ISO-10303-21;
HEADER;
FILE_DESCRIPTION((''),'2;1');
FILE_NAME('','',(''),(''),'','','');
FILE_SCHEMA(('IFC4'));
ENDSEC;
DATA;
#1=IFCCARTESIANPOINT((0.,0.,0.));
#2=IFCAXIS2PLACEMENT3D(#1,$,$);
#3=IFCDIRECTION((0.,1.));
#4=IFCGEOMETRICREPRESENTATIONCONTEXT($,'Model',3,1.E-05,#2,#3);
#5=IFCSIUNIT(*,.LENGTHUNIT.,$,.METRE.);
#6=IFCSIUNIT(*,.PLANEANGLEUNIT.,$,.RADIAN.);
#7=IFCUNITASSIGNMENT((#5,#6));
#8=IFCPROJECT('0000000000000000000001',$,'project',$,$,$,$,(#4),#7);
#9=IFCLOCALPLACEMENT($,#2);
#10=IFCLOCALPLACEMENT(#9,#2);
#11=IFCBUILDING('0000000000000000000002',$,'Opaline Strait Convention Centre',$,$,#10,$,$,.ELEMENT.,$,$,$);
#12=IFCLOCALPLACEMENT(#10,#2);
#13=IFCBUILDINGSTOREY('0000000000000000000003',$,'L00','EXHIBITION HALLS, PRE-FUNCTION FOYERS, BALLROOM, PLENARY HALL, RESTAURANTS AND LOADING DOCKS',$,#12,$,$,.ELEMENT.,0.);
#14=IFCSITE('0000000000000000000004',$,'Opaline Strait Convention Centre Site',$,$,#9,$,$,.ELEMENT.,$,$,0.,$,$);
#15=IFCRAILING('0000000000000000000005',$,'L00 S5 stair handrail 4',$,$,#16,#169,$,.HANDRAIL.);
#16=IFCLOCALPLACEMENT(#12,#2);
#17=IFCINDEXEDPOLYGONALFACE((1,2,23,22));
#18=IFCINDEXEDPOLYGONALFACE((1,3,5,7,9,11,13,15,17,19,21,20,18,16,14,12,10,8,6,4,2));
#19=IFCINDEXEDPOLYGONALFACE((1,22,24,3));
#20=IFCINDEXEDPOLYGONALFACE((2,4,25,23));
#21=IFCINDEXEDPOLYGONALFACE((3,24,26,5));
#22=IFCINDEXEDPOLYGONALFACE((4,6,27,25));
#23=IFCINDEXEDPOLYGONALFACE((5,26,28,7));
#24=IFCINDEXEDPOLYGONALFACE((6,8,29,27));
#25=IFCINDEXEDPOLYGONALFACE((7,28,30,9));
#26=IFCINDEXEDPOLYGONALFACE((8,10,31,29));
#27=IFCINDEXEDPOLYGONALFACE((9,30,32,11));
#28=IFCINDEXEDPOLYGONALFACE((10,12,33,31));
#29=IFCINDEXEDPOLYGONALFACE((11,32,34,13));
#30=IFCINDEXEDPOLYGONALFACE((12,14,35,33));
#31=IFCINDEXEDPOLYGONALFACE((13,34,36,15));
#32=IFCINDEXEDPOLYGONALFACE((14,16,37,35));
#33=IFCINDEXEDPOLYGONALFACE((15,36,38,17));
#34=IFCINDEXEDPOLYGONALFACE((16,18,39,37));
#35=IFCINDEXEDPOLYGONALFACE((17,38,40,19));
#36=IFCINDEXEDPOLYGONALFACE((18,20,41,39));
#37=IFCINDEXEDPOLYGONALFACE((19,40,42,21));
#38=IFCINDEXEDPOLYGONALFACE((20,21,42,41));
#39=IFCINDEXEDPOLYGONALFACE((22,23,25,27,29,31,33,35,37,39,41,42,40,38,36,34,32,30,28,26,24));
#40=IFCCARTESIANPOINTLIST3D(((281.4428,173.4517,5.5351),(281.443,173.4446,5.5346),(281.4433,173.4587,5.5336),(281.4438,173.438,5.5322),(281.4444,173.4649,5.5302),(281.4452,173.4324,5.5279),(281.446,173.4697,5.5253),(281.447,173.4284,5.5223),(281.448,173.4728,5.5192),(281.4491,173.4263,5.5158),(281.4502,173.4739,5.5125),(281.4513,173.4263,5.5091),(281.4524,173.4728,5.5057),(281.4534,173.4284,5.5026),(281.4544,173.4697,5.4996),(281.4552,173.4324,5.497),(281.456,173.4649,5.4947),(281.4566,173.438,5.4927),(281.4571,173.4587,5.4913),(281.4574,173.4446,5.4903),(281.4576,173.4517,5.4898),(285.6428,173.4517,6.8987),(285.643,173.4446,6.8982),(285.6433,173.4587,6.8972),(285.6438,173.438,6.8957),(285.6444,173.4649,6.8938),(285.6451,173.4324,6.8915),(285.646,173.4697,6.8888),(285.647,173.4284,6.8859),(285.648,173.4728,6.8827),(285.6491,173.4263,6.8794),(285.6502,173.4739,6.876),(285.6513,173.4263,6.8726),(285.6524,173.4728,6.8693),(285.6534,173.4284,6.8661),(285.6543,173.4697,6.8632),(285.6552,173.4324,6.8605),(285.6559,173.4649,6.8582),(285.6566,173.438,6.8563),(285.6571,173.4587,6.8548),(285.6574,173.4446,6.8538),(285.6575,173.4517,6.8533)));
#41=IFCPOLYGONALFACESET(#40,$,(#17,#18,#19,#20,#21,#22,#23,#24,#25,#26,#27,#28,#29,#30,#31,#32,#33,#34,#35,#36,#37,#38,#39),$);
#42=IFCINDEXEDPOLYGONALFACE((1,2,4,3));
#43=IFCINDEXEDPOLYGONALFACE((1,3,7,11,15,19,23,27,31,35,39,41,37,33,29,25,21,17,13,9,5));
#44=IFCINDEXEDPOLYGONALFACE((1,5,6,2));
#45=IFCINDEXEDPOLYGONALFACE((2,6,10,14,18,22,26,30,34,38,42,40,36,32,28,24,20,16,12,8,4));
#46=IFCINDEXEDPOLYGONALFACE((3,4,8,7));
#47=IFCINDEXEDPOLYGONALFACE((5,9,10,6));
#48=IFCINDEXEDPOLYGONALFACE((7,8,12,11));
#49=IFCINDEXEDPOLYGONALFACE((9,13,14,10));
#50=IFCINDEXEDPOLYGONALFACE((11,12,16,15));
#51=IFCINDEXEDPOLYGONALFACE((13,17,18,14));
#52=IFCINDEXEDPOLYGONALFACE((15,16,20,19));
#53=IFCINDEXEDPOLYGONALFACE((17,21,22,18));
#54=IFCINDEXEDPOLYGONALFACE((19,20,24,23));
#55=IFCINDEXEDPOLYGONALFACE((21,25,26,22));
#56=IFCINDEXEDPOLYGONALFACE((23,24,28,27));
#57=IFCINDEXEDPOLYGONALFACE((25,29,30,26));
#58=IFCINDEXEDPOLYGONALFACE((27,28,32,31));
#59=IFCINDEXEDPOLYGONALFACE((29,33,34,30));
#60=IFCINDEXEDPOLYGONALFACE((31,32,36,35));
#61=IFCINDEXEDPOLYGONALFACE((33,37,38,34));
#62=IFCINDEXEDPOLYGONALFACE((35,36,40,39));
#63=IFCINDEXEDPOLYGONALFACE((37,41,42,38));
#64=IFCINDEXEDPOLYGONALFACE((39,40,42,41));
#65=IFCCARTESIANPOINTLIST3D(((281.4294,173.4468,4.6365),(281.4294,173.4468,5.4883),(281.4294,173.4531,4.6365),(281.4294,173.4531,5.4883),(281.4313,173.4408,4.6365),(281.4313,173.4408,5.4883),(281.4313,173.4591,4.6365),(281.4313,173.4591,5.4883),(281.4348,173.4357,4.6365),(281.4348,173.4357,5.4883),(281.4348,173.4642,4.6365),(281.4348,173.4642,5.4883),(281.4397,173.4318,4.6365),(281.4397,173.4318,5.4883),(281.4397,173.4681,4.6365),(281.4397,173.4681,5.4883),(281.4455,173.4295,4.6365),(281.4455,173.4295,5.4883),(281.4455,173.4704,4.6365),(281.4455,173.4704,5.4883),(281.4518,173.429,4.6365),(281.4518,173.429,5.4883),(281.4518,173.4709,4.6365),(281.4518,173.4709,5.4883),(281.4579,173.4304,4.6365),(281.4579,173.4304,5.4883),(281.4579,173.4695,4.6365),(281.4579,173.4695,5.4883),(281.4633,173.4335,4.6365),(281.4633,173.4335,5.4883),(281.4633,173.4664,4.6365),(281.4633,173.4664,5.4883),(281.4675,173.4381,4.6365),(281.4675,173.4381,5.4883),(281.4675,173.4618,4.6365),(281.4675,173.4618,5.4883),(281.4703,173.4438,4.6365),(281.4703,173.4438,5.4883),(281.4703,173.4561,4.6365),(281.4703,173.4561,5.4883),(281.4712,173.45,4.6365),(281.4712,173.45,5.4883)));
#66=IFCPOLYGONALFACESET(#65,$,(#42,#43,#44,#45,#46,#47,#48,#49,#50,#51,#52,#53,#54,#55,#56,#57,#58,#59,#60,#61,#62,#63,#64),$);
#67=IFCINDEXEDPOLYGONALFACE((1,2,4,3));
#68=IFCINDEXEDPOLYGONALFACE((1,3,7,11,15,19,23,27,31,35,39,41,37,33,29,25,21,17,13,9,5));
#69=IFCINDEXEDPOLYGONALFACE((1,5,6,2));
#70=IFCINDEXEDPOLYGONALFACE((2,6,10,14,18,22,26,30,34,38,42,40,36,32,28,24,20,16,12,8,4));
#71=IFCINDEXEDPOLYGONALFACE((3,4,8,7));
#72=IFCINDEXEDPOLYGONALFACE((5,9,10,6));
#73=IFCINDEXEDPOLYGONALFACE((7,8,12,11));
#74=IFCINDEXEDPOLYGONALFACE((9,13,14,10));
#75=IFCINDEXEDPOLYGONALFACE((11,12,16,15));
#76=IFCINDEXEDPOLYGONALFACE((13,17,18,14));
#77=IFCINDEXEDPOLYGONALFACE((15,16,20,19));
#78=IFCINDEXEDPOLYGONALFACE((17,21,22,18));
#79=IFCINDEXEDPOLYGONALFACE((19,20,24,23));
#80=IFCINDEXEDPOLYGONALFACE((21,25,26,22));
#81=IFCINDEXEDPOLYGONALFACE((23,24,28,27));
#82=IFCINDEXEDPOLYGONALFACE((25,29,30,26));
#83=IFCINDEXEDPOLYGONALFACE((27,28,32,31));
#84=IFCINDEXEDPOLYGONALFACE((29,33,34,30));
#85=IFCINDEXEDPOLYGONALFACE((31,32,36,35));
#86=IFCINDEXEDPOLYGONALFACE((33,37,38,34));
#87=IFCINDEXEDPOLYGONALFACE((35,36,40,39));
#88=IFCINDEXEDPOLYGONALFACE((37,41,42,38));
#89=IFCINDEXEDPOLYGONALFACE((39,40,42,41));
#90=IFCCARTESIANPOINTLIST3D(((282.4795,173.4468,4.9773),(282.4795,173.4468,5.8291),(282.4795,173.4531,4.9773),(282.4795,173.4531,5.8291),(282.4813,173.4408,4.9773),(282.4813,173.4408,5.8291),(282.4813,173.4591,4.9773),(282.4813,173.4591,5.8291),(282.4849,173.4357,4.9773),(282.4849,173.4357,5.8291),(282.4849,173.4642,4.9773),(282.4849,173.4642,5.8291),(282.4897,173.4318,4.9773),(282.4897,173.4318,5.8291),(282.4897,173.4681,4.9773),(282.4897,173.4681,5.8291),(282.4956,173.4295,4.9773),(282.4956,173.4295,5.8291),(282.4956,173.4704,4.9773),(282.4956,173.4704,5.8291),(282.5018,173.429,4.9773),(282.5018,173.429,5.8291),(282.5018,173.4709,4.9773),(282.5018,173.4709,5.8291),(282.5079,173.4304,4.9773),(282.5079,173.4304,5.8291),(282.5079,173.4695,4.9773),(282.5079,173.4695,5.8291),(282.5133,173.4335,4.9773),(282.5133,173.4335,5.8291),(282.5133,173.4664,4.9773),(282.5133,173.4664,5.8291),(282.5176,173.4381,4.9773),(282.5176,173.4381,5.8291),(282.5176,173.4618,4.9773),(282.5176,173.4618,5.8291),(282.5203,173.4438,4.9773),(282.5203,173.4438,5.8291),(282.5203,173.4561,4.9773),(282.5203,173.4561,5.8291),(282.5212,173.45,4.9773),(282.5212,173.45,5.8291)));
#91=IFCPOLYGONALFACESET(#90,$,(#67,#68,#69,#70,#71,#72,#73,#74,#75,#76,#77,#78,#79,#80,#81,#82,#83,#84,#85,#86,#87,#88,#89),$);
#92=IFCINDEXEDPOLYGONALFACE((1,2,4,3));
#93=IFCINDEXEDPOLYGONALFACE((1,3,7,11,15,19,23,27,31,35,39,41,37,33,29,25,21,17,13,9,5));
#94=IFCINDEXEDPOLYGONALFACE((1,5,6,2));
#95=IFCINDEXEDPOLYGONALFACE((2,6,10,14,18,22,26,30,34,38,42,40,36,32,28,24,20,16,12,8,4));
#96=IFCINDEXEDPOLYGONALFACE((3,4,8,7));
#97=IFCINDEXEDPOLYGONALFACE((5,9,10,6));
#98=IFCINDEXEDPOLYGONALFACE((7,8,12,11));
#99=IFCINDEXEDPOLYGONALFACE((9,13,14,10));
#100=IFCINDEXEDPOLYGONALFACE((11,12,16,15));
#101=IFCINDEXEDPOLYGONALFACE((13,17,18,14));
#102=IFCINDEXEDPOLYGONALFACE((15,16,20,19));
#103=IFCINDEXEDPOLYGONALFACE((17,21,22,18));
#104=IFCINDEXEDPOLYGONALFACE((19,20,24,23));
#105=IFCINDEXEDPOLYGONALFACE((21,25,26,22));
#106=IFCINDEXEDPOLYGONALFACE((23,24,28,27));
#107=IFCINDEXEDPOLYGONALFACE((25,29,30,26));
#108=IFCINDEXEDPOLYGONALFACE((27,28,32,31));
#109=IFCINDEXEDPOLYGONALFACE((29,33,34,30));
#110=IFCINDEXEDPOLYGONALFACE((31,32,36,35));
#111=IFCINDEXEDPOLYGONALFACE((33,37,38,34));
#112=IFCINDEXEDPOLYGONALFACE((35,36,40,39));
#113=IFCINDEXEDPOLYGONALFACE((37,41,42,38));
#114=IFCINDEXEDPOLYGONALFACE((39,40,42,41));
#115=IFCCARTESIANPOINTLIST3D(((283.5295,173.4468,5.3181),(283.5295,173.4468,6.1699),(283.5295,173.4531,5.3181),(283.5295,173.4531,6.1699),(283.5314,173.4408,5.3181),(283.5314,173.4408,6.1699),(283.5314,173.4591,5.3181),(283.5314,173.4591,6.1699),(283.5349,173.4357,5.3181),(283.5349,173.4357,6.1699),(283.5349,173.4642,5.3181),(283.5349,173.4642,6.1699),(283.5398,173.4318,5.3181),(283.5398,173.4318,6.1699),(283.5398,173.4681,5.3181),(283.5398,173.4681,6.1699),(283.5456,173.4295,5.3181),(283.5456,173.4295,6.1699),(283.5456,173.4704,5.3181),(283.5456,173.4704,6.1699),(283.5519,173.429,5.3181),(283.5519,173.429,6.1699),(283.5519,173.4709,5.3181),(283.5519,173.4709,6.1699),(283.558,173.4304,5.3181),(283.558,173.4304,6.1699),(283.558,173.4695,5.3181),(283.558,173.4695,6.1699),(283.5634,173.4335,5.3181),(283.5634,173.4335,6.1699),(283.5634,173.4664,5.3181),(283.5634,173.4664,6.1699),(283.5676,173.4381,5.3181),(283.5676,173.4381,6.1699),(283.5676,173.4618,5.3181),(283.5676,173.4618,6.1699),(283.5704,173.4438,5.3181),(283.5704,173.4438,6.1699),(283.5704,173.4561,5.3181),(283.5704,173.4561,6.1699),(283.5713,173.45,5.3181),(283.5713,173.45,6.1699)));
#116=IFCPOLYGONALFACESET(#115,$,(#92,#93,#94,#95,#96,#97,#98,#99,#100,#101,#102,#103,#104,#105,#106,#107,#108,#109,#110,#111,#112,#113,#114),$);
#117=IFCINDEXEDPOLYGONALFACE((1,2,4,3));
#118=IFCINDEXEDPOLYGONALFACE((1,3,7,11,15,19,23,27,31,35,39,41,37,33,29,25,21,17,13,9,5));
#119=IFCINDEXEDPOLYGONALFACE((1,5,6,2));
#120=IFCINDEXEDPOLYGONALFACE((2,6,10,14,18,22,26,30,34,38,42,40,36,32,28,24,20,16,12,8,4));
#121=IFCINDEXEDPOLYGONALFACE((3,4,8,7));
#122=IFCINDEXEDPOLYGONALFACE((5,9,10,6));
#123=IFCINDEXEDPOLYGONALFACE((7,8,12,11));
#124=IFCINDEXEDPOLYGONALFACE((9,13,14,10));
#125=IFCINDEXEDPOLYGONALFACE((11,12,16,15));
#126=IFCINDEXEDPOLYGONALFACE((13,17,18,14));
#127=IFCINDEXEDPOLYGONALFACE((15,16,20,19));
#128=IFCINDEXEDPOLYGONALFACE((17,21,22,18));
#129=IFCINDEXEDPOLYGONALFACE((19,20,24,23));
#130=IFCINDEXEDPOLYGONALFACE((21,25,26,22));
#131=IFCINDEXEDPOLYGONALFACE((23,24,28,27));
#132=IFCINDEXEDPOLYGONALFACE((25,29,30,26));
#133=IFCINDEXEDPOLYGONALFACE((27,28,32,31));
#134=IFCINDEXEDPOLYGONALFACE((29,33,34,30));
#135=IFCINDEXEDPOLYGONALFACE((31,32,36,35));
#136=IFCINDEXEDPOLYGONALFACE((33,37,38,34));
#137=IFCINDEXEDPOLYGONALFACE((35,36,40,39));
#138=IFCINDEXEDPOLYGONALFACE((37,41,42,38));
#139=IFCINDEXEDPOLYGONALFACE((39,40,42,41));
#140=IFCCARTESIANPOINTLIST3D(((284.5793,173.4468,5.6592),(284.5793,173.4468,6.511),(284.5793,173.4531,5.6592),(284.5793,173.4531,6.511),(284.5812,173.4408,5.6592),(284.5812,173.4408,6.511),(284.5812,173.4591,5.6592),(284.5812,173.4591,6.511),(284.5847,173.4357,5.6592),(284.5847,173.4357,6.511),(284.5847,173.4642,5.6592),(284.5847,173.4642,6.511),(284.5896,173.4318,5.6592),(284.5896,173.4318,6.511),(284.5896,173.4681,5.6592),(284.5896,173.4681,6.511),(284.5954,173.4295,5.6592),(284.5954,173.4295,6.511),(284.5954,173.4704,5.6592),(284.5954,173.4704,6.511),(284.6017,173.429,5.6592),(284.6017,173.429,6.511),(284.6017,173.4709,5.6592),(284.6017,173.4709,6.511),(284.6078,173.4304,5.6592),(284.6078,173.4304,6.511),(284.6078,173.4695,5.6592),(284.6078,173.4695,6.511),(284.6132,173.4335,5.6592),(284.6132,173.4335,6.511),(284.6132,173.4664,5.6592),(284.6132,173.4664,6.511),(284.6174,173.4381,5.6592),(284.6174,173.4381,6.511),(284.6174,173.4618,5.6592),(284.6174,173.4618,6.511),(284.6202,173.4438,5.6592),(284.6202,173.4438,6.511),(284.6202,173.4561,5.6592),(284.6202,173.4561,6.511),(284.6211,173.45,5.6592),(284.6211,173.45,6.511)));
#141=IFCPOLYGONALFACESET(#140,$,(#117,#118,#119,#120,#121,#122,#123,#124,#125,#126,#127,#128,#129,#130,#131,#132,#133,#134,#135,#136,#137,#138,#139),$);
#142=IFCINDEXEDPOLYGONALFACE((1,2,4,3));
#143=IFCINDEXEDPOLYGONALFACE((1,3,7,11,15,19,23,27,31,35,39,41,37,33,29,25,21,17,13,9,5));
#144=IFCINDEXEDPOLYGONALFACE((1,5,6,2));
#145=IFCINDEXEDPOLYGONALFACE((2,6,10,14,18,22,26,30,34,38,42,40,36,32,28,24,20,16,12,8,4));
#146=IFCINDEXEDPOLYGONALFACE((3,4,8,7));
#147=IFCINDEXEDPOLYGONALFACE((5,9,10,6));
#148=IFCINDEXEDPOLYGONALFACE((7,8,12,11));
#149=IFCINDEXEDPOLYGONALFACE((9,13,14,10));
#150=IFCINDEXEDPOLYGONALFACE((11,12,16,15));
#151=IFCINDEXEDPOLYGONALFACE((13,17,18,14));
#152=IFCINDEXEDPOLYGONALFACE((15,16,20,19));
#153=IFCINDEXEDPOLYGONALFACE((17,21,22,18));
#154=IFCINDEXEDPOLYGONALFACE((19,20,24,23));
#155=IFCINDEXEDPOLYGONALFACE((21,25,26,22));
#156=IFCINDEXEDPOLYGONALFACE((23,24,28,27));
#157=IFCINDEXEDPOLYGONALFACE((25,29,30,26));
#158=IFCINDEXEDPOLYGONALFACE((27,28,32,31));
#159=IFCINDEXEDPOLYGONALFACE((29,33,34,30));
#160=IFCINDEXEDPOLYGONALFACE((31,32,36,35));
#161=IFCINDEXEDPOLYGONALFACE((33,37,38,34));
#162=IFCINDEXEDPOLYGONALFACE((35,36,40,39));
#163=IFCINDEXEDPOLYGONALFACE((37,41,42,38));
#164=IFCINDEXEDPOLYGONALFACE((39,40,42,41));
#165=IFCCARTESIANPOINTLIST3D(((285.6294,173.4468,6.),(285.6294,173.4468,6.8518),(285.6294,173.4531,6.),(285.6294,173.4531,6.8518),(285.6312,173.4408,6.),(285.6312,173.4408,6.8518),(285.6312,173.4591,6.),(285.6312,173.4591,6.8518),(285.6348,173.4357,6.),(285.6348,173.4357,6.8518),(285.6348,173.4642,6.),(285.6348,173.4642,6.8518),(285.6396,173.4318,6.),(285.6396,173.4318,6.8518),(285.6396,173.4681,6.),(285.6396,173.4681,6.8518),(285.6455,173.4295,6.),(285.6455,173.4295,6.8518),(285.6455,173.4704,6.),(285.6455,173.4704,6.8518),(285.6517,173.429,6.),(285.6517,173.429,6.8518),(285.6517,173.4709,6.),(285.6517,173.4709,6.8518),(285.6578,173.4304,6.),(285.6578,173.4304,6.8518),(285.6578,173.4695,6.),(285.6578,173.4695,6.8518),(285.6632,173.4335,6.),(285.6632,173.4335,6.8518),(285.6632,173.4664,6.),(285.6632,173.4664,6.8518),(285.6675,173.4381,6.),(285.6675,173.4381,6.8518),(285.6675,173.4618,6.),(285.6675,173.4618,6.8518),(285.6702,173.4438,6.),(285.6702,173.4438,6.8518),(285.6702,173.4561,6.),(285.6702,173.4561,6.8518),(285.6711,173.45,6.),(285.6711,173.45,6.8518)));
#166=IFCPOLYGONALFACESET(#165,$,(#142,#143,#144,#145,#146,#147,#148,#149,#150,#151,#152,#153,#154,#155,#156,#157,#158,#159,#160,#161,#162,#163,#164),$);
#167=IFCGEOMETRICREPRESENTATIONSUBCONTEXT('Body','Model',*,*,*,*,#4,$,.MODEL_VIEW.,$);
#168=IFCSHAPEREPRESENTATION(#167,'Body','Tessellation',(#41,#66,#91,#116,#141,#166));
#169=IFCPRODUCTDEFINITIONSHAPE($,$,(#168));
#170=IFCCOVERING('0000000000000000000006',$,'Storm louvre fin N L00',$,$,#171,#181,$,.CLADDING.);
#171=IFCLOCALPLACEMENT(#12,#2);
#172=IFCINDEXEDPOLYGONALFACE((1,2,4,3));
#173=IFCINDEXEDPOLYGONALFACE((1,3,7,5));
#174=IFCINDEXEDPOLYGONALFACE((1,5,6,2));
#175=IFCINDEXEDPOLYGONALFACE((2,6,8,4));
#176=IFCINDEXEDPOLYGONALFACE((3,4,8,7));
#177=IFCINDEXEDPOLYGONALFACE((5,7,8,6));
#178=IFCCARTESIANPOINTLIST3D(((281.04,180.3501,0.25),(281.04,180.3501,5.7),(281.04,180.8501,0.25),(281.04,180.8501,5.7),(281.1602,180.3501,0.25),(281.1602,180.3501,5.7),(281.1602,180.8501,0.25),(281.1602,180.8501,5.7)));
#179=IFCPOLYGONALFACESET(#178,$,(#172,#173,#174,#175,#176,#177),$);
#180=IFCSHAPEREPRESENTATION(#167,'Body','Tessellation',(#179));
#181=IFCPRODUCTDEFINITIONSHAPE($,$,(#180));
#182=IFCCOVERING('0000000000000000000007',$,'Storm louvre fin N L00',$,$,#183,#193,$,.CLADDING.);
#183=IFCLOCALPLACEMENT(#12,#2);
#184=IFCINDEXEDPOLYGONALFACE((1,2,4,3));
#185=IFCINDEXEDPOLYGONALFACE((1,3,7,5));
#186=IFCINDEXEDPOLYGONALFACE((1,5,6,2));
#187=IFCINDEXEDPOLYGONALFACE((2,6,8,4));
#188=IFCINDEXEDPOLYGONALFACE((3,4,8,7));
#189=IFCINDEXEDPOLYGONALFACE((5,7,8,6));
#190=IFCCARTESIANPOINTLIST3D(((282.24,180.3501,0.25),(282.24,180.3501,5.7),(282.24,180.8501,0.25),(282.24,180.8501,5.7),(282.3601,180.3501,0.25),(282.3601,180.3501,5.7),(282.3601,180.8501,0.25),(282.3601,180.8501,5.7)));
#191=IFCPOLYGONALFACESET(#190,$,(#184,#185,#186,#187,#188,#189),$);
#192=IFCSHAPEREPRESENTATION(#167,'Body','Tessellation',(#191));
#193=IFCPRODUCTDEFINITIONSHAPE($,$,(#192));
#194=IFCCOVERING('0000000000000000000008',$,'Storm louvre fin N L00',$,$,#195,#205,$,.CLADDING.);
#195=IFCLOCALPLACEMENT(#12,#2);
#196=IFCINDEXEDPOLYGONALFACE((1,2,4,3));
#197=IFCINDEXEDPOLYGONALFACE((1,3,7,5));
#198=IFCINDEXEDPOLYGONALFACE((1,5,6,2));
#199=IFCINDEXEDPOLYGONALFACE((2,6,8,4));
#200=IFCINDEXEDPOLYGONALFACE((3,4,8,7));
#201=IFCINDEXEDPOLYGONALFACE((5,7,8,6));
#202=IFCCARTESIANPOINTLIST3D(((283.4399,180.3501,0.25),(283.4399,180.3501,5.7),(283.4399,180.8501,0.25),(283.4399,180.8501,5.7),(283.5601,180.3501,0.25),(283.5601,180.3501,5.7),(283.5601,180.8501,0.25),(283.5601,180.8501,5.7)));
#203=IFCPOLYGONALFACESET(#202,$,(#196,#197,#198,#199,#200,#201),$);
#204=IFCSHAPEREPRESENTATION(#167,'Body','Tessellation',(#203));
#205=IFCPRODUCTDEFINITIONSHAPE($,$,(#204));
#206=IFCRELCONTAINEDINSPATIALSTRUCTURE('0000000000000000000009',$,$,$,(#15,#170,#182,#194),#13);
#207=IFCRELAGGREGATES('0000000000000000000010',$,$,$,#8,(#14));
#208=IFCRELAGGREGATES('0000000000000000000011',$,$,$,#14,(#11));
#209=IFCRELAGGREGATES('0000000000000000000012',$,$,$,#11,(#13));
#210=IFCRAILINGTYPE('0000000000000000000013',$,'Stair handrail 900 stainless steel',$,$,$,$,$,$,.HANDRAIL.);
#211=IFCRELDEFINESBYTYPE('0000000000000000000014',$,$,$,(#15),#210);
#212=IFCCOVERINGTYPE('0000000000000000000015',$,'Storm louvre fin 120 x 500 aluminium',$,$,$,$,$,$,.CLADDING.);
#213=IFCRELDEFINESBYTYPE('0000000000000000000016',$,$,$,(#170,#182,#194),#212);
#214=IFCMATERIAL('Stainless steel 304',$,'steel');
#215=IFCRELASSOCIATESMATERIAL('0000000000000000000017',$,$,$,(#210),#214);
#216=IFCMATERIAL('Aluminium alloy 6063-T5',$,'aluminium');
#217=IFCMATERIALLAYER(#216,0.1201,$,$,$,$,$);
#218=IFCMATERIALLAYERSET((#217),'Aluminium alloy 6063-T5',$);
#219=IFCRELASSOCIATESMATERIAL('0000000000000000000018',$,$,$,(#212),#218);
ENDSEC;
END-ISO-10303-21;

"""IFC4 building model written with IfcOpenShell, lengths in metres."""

from ifc_helpers import new_model, si_unit, direction, frame, origin, origin_2d, place, context, subcontext, project, spatial, rectangle, circle, extrude, material, layer, layer_set, type_object, element, save


model = new_model("IFC4")

# Units and contexts
model_context = context("Model", 3, precision=1e-05, world=origin(), true_north=direction((0.0, 1.0)))
body_context = subcontext(model_context, "Body", "Model", "MODEL_VIEW")
ifc_project = project(units=[si_unit("LENGTHUNIT", "METRE"), si_unit("PLANEANGLEUNIT", "RADIAN")], contexts=[model_context])

# Site, building, storey
site_placement = place(None, origin())
site = spatial("IfcSite", under=ifc_project, at=site_placement, Name="Opaline Strait Convention Centre Site", CompositionType="ELEMENT", RefElevation=0.0)
building_placement = place(site_placement, origin())
building = spatial("IfcBuilding", under=site, at=building_placement, Name="Opaline Strait Convention Centre", CompositionType="ELEMENT")
storey_placement = place(building_placement, origin())
storey = spatial("IfcBuildingStorey", under=building, at=storey_placement, Name="L00", Description="EXHIBITION HALLS, PRE-FUNCTION FOYERS, BALLROOM, PLENARY HALL, RESTAURANTS AND LOADING DOCKS", CompositionType="ELEMENT", Elevation=0.0)

# Railing
ifc_material_1 = material(Name="Stainless steel 304", Category="steel")
railing_type_1 = type_object("IfcRailingType", Name="Stair handrail 900 stainless steel", PredefinedType="HANDRAIL", material=ifc_material_1)
railing_1_placement = place(storey_placement, frame((281.4502, 173.45, 4.6365)))
element("IfcRailing", 1, at=railing_1_placement, inside=storey, type_object=railing_type_1, Name="L00 S5 stair handrail 4", PredefinedType="HANDRAIL", context=body_context, shape_type="SweptSolid", body=[
    extrude(circle(Radius=0.0239, at=origin_2d()), frame((0.0, 0.0, 0.876), z_axis=(0.951131, 0.0, 0.308787), x_axis=(0.0, 1.0, 0.0)), (0.0, 0.0, 1.0), 4.4158),
    extrude(circle(Radius=0.021, at=origin_2d()), origin(), (0.0, 0.0, 1.0), 0.8518),
    extrude(circle(Radius=0.021, at=origin_2d()), frame((1.05, 0.0, 0.3408)), (0.0, 0.0, 1.0), 0.8518),
    extrude(circle(Radius=0.021, at=origin_2d()), frame((2.1001, 0.0, 0.6816)), (0.0, 0.0, 1.0), 0.8518),
    extrude(circle(Radius=0.021, at=origin_2d()), frame((3.1499, 0.0, 1.0227)), (0.0, 0.0, 1.0), 0.8518),
    extrude(circle(Radius=0.021, at=origin_2d()), frame((4.2, 0.0, 1.3635)), (0.0, 0.0, 1.0), 0.8518),
])

# Coverings
ifc_material_2 = material(Name="Aluminium alloy 6063-T5", Category="aluminium")
ifc_layer = layer(ifc_material_2, 0.1201)
ifc_layer_set = layer_set([ifc_layer], Name="Aluminium alloy 6063-T5")
covering_type = type_object("IfcCoveringType", Name="Storm louvre fin 120 x 500 aluminium", PredefinedType="CLADDING", material=ifc_layer_set)
for number, where, z_axis, x_axis, name in (
    (2, (281.1001, 180.6001, 0.25), (0.0, 0.0, 1.0), (1.0, 0.0, 0.0), "Storm louvre fin N L00"),
    (3, (282.3, 180.6001, 0.25), (0.0, 0.0, 1.0), (1.0, 0.0, 0.0), "Storm louvre fin N L00"),
    (4, (283.5, 180.6001, 0.25), (0.0, 0.0, 1.0), (1.0, 0.0, 0.0), "Storm louvre fin N L00"),
):
    element("IfcCovering", number, at=place(storey_placement, frame(where, z_axis=z_axis, x_axis=x_axis)), inside=storey, type_object=covering_type, Name=name, PredefinedType="CLADDING", context=body_context, shape_type="SweptSolid", body=[
        extrude(rectangle(XDim=0.1201, YDim=0.5, at=origin_2d()), origin(), (0.0, 0.0, 1.0), 5.45),
    ])

save(model, "model.ifc")
